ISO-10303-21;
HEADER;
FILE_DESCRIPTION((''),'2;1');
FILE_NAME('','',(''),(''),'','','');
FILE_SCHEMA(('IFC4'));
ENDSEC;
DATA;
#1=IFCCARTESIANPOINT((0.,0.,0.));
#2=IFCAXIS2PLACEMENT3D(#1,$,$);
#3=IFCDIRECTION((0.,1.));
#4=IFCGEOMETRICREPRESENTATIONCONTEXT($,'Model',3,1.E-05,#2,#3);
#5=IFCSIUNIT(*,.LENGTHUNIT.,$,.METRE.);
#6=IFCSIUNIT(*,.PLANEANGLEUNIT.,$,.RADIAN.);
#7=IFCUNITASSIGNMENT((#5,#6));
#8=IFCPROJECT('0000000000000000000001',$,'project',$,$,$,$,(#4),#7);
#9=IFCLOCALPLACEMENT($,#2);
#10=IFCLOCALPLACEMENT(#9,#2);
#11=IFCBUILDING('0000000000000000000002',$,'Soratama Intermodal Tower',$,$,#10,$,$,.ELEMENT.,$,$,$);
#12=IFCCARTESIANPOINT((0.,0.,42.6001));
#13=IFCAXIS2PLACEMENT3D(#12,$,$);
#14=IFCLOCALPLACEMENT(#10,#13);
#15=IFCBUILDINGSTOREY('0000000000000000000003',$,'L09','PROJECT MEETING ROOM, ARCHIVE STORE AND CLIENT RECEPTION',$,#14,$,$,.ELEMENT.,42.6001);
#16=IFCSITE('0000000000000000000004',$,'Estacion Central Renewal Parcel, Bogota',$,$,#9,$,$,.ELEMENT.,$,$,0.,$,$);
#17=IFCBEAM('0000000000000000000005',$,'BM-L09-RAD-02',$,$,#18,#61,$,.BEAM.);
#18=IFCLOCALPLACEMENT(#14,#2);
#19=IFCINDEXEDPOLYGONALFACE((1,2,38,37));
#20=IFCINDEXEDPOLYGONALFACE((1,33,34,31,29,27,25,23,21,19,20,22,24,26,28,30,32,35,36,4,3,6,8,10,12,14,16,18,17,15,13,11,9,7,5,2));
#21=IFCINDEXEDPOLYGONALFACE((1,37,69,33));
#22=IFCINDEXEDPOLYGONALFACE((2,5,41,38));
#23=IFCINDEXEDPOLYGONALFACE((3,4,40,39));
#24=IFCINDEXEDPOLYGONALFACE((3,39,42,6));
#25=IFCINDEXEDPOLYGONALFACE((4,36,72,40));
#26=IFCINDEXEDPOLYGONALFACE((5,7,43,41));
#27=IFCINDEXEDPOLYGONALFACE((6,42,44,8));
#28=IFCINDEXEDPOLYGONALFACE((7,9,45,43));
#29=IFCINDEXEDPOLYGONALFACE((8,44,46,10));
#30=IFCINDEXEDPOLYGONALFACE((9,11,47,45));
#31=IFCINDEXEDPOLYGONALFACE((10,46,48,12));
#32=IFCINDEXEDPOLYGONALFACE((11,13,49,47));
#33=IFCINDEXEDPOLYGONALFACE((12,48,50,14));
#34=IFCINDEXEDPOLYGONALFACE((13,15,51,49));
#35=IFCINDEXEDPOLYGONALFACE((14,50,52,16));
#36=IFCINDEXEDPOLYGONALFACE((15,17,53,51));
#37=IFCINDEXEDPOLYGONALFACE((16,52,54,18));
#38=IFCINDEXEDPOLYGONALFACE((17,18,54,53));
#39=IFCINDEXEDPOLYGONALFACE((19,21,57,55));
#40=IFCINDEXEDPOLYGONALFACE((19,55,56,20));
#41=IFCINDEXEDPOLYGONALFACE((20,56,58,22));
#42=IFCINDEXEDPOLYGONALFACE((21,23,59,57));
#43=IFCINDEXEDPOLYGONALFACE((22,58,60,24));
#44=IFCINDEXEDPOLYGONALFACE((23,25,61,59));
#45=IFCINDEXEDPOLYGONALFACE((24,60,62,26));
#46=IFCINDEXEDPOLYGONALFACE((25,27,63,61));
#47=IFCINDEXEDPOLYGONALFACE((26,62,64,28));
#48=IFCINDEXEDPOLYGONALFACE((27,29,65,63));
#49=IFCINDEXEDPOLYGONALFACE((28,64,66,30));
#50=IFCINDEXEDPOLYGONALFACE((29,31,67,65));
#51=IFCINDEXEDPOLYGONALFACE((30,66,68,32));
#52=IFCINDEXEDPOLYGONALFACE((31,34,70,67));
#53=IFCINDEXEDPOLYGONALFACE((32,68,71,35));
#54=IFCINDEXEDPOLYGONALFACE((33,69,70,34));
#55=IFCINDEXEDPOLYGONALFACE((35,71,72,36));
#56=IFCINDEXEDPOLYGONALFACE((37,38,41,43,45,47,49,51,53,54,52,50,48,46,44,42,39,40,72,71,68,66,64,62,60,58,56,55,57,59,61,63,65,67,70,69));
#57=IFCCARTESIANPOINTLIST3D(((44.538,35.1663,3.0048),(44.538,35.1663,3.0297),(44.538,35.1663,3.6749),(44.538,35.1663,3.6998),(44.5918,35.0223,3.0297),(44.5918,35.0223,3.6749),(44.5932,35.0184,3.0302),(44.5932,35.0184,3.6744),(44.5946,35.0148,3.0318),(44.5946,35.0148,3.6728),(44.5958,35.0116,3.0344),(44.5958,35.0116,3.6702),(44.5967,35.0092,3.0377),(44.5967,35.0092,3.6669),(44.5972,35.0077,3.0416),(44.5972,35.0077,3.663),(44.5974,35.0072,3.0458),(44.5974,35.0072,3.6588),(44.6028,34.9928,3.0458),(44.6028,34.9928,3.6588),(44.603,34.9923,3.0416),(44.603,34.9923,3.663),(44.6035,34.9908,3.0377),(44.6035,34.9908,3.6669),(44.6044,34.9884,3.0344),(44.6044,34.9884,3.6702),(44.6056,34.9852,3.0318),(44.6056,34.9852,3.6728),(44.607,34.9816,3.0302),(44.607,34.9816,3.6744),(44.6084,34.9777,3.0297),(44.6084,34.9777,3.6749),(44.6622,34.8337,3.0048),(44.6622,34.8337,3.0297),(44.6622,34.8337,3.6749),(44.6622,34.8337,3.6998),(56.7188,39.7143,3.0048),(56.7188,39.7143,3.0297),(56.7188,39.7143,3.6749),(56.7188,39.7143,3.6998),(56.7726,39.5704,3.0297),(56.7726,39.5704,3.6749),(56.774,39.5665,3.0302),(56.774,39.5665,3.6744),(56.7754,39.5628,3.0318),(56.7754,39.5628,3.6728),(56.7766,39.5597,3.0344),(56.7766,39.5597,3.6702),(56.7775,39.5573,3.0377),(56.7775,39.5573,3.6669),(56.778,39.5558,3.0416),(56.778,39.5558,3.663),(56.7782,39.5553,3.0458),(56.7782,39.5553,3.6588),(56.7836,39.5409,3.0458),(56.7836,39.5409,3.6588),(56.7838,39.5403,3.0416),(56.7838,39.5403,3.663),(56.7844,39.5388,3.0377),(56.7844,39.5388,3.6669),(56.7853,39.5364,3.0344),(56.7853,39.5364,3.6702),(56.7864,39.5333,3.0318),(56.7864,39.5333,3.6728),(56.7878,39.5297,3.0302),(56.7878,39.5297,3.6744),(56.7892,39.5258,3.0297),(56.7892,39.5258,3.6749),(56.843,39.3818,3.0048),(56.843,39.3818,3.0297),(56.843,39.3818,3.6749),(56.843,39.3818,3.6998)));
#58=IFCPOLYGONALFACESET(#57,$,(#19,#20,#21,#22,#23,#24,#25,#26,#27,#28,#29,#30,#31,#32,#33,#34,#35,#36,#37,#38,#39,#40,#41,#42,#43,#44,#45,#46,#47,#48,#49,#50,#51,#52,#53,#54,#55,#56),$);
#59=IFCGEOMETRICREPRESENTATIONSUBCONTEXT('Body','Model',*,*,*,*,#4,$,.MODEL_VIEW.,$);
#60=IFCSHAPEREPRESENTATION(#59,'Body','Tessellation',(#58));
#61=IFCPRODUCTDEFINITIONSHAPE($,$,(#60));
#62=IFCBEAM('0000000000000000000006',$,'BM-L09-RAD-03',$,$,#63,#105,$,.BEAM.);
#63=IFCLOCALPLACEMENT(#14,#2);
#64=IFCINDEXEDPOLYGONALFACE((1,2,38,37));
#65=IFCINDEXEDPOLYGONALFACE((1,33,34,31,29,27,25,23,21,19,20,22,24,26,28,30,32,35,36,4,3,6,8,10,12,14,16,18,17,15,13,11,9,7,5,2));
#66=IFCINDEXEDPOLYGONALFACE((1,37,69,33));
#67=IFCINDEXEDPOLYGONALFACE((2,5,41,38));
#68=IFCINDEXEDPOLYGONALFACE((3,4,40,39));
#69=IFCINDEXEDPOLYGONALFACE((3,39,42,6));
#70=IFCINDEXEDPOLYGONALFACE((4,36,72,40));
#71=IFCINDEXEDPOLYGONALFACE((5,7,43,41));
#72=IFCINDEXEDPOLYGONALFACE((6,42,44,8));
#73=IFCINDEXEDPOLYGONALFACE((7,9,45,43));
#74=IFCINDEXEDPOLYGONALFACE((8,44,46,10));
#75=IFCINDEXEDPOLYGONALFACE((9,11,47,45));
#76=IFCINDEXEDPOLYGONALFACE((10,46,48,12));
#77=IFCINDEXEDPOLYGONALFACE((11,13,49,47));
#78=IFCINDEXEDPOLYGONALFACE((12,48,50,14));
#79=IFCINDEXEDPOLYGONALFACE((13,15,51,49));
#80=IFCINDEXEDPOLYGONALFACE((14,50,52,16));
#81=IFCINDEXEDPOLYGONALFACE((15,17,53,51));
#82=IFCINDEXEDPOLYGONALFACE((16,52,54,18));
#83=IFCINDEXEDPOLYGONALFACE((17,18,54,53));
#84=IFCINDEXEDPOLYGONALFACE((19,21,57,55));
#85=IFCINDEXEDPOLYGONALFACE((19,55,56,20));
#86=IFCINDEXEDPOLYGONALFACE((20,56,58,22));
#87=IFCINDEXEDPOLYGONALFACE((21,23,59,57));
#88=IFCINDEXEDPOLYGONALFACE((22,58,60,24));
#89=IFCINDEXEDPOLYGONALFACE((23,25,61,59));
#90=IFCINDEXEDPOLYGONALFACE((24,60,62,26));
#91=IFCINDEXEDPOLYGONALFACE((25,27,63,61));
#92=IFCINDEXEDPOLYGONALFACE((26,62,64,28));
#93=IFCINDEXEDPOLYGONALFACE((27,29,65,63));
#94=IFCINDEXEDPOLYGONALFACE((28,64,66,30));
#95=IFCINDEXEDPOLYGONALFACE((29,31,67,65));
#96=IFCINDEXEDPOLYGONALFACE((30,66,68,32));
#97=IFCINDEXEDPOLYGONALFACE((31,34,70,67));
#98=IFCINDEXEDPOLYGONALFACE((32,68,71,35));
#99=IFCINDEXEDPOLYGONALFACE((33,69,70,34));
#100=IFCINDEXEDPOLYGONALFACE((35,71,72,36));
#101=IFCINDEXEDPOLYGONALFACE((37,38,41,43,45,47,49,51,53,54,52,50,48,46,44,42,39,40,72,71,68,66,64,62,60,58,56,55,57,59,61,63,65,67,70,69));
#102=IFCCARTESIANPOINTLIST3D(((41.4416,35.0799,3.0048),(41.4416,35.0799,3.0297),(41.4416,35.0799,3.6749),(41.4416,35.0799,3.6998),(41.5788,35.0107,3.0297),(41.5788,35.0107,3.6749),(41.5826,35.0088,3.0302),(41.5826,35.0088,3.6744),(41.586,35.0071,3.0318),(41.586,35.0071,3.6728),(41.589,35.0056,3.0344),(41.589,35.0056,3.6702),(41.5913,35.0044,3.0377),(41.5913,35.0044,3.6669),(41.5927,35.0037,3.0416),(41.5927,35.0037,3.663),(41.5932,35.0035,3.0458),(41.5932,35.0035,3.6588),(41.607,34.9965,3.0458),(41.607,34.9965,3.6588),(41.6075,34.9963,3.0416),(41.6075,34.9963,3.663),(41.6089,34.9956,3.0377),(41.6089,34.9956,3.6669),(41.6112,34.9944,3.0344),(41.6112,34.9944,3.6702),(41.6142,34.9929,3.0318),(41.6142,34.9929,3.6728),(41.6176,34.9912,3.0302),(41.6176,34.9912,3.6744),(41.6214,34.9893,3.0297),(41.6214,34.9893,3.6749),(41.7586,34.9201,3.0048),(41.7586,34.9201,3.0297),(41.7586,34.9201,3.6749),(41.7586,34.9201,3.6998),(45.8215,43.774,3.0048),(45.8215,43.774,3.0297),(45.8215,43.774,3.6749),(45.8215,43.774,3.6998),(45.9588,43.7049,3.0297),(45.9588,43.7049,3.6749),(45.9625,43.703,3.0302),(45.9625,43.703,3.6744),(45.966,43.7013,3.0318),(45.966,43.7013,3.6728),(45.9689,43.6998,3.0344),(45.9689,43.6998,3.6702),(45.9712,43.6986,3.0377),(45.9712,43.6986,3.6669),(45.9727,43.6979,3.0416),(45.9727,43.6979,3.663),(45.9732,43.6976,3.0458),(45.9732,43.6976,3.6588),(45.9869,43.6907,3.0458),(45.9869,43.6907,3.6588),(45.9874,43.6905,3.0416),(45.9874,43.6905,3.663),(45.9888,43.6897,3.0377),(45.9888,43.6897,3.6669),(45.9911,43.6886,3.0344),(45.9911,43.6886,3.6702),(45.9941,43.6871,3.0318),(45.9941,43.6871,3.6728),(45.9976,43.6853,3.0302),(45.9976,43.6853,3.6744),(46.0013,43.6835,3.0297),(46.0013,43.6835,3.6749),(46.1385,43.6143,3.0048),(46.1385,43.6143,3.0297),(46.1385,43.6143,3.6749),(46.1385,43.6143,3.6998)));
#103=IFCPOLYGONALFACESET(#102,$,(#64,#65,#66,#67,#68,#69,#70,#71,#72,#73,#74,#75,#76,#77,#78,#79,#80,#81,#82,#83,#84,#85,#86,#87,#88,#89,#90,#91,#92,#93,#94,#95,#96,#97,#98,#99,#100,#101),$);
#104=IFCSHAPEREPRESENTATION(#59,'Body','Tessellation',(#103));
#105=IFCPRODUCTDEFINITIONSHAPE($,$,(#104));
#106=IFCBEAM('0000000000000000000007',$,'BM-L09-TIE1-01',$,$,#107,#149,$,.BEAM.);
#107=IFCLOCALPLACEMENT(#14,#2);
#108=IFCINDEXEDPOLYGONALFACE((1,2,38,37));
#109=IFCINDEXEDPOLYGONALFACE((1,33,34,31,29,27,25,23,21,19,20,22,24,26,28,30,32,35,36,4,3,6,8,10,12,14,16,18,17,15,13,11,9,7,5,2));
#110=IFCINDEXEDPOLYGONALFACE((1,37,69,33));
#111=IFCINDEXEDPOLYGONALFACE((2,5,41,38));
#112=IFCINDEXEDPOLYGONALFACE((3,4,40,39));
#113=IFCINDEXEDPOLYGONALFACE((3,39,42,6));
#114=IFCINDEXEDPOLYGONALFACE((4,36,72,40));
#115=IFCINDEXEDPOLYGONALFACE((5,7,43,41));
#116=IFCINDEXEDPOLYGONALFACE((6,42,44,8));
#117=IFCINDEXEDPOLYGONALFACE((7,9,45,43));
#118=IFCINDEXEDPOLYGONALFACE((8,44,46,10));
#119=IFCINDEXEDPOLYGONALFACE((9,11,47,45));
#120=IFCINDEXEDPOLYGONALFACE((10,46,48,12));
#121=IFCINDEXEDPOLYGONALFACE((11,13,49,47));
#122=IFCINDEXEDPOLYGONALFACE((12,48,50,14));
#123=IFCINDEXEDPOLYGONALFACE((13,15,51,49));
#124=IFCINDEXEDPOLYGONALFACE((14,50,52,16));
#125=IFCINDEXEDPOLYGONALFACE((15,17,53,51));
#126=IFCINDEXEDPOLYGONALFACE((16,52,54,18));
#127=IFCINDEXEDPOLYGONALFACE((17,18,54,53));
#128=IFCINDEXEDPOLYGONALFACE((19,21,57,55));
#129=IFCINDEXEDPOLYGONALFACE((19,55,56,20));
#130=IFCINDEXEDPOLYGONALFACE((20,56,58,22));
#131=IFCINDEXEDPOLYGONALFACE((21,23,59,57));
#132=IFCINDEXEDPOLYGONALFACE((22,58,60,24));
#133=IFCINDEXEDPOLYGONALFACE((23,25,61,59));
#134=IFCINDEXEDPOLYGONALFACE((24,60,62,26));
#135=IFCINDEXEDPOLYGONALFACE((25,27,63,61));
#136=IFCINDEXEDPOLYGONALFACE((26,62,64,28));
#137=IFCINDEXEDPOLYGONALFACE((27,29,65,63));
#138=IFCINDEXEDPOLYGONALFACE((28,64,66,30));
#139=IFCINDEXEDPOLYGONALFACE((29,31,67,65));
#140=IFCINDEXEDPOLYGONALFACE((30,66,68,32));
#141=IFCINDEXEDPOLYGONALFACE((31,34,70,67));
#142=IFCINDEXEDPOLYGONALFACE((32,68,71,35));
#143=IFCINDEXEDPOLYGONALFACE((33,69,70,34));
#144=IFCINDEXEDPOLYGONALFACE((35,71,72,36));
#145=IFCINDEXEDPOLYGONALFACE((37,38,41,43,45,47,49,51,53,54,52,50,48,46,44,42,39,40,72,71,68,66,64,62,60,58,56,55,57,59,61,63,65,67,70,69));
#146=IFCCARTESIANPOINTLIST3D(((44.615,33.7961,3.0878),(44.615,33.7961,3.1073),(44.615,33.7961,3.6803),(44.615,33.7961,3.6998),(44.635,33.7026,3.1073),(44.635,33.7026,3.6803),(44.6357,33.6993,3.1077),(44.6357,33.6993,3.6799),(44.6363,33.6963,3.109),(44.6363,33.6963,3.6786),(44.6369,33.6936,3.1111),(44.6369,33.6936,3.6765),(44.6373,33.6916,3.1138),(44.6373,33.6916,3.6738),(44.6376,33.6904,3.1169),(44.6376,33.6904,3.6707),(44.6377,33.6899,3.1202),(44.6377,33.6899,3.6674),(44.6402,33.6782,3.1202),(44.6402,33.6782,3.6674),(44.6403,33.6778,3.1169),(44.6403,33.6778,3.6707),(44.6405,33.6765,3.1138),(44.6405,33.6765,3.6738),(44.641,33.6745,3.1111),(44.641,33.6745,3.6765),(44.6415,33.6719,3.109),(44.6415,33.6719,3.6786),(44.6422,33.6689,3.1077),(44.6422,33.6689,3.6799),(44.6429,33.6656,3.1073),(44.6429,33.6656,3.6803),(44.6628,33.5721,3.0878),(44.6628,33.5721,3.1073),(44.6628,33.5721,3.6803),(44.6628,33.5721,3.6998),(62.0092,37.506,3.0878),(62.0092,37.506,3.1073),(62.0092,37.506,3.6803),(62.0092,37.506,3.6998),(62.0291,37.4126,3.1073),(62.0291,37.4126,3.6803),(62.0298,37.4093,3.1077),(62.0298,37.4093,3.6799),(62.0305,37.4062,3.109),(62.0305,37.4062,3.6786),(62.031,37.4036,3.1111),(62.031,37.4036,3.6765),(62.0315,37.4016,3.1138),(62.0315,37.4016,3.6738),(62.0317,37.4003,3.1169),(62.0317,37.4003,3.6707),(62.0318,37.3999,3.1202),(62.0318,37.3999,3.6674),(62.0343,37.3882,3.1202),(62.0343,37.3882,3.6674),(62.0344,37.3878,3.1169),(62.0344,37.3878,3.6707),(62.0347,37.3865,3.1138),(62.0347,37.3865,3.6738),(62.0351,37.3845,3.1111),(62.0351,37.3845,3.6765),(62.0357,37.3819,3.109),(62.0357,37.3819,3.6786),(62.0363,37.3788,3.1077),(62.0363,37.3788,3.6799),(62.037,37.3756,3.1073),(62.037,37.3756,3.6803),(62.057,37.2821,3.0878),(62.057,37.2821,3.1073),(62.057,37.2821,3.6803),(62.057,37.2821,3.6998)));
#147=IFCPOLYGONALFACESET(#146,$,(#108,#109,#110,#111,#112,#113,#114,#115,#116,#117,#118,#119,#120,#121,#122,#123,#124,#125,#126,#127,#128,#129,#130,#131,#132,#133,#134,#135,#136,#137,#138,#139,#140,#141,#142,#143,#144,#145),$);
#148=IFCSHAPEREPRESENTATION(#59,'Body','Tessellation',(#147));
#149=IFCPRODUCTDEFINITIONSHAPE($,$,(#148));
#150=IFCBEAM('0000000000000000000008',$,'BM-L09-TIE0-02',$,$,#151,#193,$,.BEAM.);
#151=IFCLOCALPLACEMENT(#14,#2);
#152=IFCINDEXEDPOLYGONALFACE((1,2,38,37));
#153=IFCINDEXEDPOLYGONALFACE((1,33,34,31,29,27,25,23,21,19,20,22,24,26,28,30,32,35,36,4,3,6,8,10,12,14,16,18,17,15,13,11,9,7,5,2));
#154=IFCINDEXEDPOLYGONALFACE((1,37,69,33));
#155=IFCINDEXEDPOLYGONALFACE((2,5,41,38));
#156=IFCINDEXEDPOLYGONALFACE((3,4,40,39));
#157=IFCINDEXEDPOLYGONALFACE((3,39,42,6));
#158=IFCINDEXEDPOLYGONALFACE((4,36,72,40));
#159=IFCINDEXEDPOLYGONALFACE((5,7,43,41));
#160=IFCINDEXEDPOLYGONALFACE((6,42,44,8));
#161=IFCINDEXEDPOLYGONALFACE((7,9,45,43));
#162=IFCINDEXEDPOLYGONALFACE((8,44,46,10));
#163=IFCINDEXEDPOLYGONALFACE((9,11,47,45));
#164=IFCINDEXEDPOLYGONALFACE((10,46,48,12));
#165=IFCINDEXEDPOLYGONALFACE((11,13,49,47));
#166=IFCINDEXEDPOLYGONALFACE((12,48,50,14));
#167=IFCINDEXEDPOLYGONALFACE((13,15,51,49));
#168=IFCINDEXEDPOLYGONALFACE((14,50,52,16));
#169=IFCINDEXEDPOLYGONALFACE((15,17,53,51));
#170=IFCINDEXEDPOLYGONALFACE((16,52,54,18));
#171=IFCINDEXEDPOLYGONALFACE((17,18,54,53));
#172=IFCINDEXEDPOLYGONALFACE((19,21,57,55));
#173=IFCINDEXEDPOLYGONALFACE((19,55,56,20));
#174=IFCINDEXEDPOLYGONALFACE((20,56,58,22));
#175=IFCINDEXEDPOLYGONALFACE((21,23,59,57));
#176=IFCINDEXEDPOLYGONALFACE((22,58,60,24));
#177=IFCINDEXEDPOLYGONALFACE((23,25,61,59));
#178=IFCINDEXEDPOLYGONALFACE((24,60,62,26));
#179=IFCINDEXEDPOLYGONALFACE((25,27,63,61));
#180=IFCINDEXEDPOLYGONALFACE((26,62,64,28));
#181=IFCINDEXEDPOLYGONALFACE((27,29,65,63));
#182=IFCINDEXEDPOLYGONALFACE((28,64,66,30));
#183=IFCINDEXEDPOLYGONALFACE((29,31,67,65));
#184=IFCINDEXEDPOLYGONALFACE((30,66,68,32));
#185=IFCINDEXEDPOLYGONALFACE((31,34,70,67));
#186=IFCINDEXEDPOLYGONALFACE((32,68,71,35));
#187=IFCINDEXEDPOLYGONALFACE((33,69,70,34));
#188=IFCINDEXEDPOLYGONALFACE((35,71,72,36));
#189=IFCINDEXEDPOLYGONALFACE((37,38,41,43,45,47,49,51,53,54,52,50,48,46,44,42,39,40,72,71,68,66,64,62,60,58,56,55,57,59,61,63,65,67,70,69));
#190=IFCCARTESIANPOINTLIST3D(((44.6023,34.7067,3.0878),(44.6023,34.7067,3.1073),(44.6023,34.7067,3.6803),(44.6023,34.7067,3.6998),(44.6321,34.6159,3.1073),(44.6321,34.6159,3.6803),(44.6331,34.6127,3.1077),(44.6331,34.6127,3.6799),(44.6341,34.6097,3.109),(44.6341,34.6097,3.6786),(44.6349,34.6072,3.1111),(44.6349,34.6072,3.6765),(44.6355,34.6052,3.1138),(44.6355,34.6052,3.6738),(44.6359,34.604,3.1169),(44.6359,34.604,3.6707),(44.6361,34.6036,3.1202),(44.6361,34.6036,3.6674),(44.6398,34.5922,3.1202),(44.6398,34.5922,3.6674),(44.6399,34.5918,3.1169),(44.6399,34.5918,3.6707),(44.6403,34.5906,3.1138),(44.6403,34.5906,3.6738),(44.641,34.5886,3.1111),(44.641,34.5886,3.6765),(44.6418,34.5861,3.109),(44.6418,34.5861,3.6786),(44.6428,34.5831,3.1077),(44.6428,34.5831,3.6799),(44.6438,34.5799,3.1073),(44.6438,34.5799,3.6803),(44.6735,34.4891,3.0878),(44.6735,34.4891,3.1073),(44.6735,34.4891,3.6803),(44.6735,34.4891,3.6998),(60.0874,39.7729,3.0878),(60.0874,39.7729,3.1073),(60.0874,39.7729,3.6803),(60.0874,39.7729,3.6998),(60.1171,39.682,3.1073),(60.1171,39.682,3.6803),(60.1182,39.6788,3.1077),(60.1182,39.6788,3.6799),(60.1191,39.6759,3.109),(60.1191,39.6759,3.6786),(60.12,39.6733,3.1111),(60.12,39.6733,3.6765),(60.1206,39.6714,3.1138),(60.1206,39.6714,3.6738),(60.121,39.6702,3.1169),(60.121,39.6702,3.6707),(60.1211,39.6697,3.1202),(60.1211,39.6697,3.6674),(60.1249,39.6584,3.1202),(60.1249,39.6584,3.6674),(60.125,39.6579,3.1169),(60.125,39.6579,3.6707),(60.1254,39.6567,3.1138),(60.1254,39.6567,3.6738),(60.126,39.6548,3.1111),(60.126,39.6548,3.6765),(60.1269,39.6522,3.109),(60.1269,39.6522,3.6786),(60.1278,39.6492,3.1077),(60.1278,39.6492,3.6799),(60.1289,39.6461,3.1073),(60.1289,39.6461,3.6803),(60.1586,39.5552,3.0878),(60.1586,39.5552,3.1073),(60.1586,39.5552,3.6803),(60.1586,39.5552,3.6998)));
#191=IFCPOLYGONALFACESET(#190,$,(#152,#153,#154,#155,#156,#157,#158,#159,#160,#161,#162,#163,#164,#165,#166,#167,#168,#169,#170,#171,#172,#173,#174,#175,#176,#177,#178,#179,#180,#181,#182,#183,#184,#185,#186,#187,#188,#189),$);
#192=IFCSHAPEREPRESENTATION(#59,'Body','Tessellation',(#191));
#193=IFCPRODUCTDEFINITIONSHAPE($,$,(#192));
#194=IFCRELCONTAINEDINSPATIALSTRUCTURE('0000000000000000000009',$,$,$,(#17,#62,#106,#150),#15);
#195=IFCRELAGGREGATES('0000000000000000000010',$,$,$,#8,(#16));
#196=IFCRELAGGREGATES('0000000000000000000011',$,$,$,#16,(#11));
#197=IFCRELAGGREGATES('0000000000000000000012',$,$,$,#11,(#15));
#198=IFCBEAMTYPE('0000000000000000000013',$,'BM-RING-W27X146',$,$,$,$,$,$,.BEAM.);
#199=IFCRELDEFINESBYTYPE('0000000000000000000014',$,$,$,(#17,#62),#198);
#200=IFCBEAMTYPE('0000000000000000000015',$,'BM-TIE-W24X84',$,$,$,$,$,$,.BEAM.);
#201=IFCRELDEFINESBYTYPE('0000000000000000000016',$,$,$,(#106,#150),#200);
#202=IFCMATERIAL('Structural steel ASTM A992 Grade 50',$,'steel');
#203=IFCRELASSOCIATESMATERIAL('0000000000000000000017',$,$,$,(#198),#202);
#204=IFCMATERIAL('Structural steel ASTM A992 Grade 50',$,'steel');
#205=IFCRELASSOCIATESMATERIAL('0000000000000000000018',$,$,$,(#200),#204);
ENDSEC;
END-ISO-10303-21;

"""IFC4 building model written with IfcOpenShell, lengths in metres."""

from ifc_helpers import new_model, si_unit, direction, frame, origin, origin_2d, place, context, subcontext, project, spatial, i_section, extrude, material, material_profile, profile_set, type_object, element, save


model = new_model("IFC4")

# Units and contexts
model_context = context("Model", 3, precision=1e-05, world=origin(), true_north=direction((0.0, 1.0)))
body_context = subcontext(model_context, "Body", "Model", "MODEL_VIEW")
ifc_project = project(units=[si_unit("LENGTHUNIT", "METRE"), si_unit("PLANEANGLEUNIT", "RADIAN")], contexts=[model_context])

# Site, building, storey
site_placement = place(None, origin())
site = spatial("IfcSite", under=ifc_project, at=site_placement, Name="Estacion Central Renewal Parcel, Bogota", CompositionType="ELEMENT", RefElevation=0.0)
building_placement = place(site_placement, origin())
building = spatial("IfcBuilding", under=site, at=building_placement, Name="Soratama Intermodal Tower", CompositionType="ELEMENT")
storey_placement = place(building_placement, frame((0.0, 0.0, 42.6001)))
storey = spatial("IfcBuildingStorey", under=building, at=storey_placement, Name="L09", Description="PROJECT MEETING ROOM, ARCHIVE STORE AND CLIENT RECEPTION", CompositionType="ELEMENT", Elevation=42.6001)

# Beams
ifc_material_1 = material(Name="Structural steel ASTM A992 Grade 50", Category="steel")
ifc_material_profile_1 = material_profile(ifc_material_1, i_section(OverallWidth=0.355, OverallDepth=0.6951, WebThickness=0.0154, FlangeThickness=0.0249, FilletRadius=0.0161, at=origin_2d()), Name="W27X146")
ifc_profile_set_1 = profile_set([ifc_material_profile_1], Name="Structural steel ASTM A992 Grade 50")
beam_type_1 = type_object("IfcBeamType", Name="BM-RING-W27X146", PredefinedType="BEAM", material=ifc_profile_set_1)
beam_1_placement = place(storey_placement, frame((44.6001, 35.0, 3.3523), z_axis=(0.936827, 0.349792, 0.0), x_axis=(-0.349792, 0.936827, 0.0)))
element("IfcBeam", 1, at=beam_1_placement, inside=storey, type_object=beam_type_1, Name="BM-L09-RAD-02", PredefinedType="BEAM", context=body_context, shape_type="SweptSolid", body=[
    extrude(i_section(OverallWidth=0.355, OverallDepth=0.6951, WebThickness=0.0154, FlangeThickness=0.0249, FilletRadius=0.0161, at=origin_2d()), origin(), (0.0, 0.0, 1.0), 13.0022),
])
beam_2_placement = place(storey_placement, frame((41.6001, 35.0, 3.3523), z_axis=(0.44991, 0.893074, 0.0), x_axis=(-0.893074, 0.44991, 0.0)))
element("IfcBeam", 2, at=beam_2_placement, inside=storey, type_object=beam_type_1, Name="BM-L09-RAD-03", PredefinedType="BEAM", context=body_context, shape_type="SweptSolid", body=[
    extrude(i_section(OverallWidth=0.355, OverallDepth=0.6951, WebThickness=0.0154, FlangeThickness=0.0249, FilletRadius=0.0161, at=origin_2d()), origin(), (0.0, 0.0, 1.0), 9.7351),
])
ifc_material_2 = material(Name="Structural steel ASTM A992 Grade 50", Category="steel")
ifc_material_profile_2 = material_profile(ifc_material_2, i_section(OverallWidth=0.229, OverallDepth=0.6121, WebThickness=0.012, FlangeThickness=0.0195, FilletRadius=0.0129, at=origin_2d()), Name="W24X84")
ifc_profile_set_2 = profile_set([ifc_material_profile_2], Name="Structural steel ASTM A992 Grade 50")
beam_type_2 = type_object("IfcBeamType", Name="BM-TIE-W24X84", PredefinedType="BEAM", material=ifc_profile_set_2)
beam_3_placement = place(storey_placement, frame((44.6389, 33.6841, 3.3938), z_axis=(0.978002, 0.208597, 0.0), x_axis=(-0.208597, 0.978002, 0.0)))
element("IfcBeam", 3, at=beam_3_placement, inside=storey, type_object=beam_type_2, Name="BM-L09-TIE1-01", PredefinedType="BEAM", context=body_context, shape_type="SweptSolid", body=[
    extrude(i_section(OverallWidth=0.229, OverallDepth=0.6121, WebThickness=0.012, FlangeThickness=0.0195, FilletRadius=0.0129, at=origin_2d()), origin(), (0.0, 0.0, 1.0), 17.7854),
])
beam_4_placement = place(storey_placement, frame((44.6379, 34.5979, 3.3938), z_axis=(0.950428, 0.310945, 0.0), x_axis=(-0.310945, 0.950428, 0.0)))
element("IfcBeam", 4, at=beam_4_placement, inside=storey, type_object=beam_type_2, Name="BM-L09-TIE0-02", PredefinedType="BEAM", context=body_context, shape_type="SweptSolid", body=[
    extrude(i_section(OverallWidth=0.229, OverallDepth=0.6121, WebThickness=0.012, FlangeThickness=0.0195, FilletRadius=0.0129, at=origin_2d()), origin(), (0.0, 0.0, 1.0), 16.2927),
])

save(model, "model.ifc")
